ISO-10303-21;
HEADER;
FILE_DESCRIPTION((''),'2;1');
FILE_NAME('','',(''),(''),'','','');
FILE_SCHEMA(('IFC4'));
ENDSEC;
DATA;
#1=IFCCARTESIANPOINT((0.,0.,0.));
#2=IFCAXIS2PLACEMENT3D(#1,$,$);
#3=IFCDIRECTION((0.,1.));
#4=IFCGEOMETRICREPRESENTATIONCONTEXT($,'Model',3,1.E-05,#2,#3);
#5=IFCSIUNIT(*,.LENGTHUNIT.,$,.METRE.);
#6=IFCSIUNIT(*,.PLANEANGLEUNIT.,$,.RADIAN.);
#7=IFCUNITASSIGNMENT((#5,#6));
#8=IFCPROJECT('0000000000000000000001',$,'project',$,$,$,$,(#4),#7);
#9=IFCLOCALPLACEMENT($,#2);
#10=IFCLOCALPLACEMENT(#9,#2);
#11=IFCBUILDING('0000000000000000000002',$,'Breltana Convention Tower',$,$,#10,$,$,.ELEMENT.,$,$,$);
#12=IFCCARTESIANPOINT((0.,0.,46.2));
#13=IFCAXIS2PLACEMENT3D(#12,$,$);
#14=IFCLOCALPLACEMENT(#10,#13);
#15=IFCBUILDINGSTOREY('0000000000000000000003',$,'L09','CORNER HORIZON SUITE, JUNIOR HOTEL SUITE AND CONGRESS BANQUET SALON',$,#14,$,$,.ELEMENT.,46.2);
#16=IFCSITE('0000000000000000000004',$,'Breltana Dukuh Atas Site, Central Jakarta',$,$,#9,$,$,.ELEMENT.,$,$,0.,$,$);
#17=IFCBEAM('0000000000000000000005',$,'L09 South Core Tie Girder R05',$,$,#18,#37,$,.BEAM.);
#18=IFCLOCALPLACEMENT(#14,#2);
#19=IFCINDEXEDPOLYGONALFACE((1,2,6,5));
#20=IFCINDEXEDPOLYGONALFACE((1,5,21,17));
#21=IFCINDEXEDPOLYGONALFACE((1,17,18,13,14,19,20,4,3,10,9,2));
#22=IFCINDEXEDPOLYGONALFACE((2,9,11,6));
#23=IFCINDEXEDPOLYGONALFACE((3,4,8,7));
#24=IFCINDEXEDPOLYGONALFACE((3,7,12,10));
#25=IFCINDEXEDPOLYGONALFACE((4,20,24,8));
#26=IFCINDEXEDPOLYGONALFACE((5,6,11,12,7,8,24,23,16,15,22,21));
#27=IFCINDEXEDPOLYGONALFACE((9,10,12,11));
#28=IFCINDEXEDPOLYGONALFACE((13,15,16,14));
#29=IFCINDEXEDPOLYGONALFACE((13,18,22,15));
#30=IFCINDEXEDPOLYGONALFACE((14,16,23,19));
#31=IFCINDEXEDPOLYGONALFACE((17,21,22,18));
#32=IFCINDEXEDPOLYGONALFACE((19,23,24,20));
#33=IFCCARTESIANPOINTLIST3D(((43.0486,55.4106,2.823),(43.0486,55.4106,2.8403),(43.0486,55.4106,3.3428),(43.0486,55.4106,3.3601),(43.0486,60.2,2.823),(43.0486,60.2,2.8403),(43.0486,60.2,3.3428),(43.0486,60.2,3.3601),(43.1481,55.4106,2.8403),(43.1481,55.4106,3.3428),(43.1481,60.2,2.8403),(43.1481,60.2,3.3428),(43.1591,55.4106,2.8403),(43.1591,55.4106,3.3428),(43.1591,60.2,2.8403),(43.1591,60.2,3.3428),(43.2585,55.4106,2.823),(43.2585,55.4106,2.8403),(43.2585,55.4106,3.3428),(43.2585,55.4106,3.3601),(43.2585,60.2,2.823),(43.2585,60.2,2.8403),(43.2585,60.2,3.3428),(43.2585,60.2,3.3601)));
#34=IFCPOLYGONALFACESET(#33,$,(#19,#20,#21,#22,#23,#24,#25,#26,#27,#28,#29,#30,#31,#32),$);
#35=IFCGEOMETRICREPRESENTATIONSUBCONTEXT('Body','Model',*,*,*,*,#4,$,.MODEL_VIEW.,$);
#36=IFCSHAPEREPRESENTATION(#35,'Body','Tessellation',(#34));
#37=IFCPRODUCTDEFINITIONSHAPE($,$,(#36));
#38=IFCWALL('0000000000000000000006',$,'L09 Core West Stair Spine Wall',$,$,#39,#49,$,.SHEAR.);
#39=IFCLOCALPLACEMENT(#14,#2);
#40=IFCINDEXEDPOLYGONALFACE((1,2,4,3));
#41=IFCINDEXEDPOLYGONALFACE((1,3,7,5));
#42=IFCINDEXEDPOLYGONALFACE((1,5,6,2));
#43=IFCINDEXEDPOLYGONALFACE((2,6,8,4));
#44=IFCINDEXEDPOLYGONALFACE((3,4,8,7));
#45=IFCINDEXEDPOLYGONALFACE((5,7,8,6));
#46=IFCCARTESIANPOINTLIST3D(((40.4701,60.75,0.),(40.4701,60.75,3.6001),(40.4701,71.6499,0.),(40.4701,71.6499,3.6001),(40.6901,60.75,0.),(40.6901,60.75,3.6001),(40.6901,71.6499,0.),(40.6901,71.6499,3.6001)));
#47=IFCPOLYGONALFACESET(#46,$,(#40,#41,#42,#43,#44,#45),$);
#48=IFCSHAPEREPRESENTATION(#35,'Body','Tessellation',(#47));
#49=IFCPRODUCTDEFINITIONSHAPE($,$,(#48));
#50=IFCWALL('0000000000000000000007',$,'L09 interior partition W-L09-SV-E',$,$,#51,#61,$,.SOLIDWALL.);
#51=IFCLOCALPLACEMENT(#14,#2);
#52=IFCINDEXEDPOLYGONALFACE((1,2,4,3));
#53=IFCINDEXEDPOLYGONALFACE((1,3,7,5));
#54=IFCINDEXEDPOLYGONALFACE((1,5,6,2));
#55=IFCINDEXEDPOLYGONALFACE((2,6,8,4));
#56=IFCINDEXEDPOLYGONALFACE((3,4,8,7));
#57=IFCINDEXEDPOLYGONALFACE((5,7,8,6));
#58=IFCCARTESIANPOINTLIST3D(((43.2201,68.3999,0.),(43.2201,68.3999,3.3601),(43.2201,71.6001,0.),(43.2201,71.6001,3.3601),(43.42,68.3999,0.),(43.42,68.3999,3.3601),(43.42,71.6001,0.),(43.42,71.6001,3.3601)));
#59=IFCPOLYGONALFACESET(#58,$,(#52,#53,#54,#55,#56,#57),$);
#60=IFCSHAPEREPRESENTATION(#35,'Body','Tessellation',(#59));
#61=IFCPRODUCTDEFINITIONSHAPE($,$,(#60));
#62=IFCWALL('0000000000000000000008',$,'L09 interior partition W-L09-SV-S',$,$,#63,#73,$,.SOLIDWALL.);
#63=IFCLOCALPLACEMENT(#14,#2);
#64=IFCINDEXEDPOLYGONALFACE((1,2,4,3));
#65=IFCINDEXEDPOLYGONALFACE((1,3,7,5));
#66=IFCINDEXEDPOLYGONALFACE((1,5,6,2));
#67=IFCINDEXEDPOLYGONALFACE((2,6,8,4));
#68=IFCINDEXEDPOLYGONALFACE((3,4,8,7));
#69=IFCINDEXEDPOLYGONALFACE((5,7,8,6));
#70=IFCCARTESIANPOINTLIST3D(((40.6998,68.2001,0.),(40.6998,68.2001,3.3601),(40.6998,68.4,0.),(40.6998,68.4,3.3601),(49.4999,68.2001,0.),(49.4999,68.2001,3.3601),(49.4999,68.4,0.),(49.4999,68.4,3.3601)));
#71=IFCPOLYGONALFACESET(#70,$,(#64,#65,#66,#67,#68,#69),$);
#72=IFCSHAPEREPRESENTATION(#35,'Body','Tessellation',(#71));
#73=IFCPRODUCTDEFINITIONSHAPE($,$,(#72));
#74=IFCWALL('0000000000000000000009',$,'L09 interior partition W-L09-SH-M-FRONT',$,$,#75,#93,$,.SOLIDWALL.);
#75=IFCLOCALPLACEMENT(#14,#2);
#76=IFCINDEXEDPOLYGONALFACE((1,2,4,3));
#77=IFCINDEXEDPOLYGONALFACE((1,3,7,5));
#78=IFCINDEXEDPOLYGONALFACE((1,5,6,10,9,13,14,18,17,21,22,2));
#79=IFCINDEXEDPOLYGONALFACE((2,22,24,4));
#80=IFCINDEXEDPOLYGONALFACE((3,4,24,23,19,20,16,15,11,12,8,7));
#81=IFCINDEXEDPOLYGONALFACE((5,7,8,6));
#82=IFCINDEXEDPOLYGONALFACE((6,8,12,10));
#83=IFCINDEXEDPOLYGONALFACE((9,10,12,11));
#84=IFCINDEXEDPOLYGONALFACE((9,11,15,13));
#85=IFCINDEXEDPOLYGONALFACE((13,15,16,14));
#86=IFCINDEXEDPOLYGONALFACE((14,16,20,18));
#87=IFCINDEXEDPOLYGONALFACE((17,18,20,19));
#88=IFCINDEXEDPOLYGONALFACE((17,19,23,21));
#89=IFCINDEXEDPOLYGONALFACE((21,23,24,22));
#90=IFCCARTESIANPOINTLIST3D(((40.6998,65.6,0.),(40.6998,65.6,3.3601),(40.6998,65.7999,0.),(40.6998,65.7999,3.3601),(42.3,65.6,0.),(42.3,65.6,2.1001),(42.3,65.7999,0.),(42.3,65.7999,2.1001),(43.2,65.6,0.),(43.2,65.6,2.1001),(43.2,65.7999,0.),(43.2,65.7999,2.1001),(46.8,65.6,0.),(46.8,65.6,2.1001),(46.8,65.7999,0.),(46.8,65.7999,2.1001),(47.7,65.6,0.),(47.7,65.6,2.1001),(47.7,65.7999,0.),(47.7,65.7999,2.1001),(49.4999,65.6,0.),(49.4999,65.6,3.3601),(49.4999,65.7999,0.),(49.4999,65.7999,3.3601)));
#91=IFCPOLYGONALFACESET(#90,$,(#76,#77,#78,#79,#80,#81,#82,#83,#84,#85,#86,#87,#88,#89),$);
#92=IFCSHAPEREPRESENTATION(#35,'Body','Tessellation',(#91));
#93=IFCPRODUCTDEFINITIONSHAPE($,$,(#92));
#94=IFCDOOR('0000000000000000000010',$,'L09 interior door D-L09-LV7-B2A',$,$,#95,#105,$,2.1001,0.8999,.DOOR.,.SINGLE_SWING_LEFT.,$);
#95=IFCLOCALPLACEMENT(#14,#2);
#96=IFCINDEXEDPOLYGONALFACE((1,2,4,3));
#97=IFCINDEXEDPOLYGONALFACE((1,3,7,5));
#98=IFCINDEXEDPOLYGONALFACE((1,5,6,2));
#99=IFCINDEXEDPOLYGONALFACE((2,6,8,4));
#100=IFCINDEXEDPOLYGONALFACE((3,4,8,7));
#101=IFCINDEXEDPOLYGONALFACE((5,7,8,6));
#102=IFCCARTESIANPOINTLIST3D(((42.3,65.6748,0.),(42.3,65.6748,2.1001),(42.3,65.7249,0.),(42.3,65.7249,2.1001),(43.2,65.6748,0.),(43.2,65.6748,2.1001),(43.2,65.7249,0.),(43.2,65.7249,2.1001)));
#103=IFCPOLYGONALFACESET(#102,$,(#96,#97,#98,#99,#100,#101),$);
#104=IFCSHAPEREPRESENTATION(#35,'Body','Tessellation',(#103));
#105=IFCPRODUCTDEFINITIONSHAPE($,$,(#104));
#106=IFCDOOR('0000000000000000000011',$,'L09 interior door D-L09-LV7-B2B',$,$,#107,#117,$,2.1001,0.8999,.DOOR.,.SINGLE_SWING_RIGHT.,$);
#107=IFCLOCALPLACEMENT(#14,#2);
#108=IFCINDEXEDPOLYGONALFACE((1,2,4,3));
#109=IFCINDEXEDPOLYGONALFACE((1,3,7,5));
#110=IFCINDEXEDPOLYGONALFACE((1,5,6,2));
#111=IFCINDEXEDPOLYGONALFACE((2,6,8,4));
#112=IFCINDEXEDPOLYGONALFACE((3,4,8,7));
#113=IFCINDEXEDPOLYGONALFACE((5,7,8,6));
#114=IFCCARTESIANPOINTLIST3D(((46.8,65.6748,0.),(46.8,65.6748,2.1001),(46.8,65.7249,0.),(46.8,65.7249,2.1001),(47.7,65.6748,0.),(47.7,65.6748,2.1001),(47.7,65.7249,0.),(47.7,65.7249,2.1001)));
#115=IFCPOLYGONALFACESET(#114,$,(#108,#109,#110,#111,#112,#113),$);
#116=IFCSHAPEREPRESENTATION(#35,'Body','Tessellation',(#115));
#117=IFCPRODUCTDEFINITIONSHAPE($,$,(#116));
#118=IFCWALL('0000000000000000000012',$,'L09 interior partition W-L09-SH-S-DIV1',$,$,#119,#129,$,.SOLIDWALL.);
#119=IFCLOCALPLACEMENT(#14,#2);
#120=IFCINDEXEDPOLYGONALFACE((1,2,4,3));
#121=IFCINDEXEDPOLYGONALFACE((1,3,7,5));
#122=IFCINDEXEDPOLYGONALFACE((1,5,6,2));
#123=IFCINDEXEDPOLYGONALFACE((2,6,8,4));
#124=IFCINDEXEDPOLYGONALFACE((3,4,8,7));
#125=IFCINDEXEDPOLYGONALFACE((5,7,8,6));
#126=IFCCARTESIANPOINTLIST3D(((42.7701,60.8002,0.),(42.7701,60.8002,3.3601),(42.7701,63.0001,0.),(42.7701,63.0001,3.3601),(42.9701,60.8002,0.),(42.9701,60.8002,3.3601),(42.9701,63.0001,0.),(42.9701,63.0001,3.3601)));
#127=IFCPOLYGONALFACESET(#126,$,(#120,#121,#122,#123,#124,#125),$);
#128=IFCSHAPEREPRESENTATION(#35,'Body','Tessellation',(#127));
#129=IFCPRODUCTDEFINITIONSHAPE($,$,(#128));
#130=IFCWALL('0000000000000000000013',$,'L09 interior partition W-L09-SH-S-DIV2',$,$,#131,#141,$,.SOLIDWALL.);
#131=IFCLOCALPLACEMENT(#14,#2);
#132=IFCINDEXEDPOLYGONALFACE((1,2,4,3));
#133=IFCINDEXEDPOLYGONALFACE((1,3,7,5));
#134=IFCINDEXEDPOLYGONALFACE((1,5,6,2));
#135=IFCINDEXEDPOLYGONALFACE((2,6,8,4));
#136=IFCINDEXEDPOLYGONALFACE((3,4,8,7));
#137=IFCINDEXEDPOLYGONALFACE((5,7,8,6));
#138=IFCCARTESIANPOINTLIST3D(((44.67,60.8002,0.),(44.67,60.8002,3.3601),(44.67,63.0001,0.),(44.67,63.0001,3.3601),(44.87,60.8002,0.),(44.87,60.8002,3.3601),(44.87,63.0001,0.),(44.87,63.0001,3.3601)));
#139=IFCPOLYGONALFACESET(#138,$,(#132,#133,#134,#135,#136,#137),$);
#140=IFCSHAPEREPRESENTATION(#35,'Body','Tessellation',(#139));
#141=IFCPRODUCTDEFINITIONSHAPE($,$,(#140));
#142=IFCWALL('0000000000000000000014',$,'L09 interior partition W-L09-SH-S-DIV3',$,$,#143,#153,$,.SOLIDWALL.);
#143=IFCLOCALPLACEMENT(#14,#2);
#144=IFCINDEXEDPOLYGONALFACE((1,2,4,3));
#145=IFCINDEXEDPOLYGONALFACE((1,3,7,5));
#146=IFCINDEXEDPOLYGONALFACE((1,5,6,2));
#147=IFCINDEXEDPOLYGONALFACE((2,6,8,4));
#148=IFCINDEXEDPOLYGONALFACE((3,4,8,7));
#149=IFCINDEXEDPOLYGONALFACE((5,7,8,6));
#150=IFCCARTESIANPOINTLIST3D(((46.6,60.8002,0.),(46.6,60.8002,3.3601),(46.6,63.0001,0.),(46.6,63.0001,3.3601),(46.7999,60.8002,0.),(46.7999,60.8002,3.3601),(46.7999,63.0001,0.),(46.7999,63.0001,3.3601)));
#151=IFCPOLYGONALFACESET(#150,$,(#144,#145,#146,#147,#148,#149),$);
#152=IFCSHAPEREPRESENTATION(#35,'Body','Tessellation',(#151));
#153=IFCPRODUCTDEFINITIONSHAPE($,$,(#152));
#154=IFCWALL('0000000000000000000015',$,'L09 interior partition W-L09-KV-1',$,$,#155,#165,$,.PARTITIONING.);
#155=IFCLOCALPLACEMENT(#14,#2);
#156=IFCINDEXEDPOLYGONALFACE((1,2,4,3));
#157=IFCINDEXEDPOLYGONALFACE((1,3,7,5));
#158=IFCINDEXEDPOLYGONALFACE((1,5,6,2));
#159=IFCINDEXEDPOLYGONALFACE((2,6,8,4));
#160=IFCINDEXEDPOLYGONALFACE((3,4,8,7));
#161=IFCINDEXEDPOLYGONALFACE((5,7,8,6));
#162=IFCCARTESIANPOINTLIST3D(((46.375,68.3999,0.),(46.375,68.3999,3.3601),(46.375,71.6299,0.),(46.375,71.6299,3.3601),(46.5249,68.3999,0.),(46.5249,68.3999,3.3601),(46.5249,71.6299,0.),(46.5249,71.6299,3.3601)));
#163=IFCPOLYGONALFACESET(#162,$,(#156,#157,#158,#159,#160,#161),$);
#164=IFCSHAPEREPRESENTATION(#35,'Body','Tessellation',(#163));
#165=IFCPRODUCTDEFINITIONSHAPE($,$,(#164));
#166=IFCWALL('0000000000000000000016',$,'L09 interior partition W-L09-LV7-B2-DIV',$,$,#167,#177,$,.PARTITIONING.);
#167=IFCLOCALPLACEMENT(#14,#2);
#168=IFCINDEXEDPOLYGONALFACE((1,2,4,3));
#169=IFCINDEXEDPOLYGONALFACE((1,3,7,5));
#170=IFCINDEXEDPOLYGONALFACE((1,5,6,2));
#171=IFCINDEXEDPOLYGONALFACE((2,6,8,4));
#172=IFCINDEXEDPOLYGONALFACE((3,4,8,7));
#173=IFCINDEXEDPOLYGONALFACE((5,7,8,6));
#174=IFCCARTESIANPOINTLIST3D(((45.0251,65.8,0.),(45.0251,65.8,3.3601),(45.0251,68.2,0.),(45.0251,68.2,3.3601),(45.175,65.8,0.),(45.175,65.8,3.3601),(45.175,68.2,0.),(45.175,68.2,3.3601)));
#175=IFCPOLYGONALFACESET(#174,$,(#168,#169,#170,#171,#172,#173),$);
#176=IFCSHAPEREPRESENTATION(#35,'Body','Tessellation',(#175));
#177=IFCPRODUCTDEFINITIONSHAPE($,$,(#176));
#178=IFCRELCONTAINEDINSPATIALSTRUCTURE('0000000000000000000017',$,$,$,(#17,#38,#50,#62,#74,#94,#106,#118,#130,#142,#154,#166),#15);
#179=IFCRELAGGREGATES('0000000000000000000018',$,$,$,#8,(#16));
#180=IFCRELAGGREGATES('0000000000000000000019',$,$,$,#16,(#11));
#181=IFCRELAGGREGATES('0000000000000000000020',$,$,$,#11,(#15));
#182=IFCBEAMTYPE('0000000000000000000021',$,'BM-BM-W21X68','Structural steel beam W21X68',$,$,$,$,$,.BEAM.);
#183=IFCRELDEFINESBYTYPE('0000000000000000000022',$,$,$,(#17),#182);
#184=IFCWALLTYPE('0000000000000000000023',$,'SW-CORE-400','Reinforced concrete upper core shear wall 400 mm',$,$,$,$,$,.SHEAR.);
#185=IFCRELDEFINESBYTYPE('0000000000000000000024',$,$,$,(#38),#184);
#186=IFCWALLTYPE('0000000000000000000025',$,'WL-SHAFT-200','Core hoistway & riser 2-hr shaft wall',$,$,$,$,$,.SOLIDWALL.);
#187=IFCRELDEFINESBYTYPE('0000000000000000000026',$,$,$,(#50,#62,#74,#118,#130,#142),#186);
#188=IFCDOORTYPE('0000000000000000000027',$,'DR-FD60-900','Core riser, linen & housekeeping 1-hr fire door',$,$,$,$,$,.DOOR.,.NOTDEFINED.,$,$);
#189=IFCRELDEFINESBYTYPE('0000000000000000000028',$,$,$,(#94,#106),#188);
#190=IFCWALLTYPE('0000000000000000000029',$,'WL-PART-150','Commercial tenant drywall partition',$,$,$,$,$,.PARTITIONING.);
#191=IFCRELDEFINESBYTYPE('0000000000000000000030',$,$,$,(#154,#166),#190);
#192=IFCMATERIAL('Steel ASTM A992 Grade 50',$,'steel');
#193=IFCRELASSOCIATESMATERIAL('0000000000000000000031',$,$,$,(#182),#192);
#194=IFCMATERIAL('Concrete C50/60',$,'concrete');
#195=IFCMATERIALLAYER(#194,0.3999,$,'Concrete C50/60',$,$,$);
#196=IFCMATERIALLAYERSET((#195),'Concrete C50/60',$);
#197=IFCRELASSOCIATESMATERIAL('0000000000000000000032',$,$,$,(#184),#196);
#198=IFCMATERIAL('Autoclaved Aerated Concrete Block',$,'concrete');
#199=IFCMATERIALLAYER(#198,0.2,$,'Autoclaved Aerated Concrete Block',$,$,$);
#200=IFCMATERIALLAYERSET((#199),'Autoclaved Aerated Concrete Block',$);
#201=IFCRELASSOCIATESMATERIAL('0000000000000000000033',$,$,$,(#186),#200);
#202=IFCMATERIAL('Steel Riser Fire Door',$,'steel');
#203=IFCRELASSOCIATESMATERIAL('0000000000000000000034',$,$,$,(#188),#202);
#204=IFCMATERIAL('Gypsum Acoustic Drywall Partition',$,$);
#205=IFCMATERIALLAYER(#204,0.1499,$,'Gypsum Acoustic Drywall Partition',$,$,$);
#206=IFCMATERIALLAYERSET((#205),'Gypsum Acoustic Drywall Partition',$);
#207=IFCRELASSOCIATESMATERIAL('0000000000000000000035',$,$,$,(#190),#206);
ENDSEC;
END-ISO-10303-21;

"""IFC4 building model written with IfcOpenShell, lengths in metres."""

from ifc_helpers import new_model, si_unit, direction, frame, frame_2d, origin, origin_2d, place, context, subcontext, project, spatial, rectangle, i_section, extrude, source, transform, mapped, material, layer, layer_set, material_profile, profile_set, type_object, type_shapes, element, fill, save


model = new_model("IFC4")

# Units and contexts
model_context = context("Model", 3, precision=1e-05, world=origin(), true_north=direction((0.0, 1.0)))
body_context = subcontext(model_context, "Body", "Model", "MODEL_VIEW")
ifc_project = project(units=[si_unit("LENGTHUNIT", "METRE"), si_unit("PLANEANGLEUNIT", "RADIAN")], contexts=[model_context])

# Site, building, storey
site_placement = place(None, origin())
site = spatial("IfcSite", under=ifc_project, at=site_placement, Name="Breltana Dukuh Atas Site, Central Jakarta", CompositionType="ELEMENT", RefElevation=0.0)
building_placement = place(site_placement, origin())
building = spatial("IfcBuilding", under=site, at=building_placement, Name="Breltana Convention Tower", CompositionType="ELEMENT")
storey_placement = place(building_placement, frame((0.0, 0.0, 46.2)))
storey = spatial("IfcBuildingStorey", under=building, at=storey_placement, Name="L09", Description="CORNER HORIZON SUITE, JUNIOR HOTEL SUITE AND CONGRESS BANQUET SALON", CompositionType="ELEMENT", Elevation=46.2)

# Beam
ifc_material_1 = material(Name="Steel ASTM A992 Grade 50", Category="steel")
ifc_material_profile = material_profile(ifc_material_1, i_section(OverallWidth=0.21, OverallDepth=0.5371, WebThickness=0.011, FlangeThickness=0.0173, at=origin_2d()), Name="W21X68")
ifc_profile_set = profile_set([ifc_material_profile], Name="Steel ASTM A992 Grade 50")
beam_type = type_object("IfcBeamType", Name="BM-BM-W21X68", Description="Structural steel beam W21X68", PredefinedType="BEAM", material=ifc_profile_set)
shared_shape_1 = source(origin(), body_context, "Body", "SweptSolid", [
    extrude(i_section(OverallWidth=0.21, OverallDepth=0.5371, WebThickness=0.011, FlangeThickness=0.0173, at=origin_2d()), origin(), (0.0, 0.0, 1.0), 4.7893),
])
beam_placement = place(storey_placement, frame((43.1536, 60.2, 3.0916), z_axis=(0.0, -1.0, 0.0), x_axis=(1.0, 0.0, 0.0)))
element("IfcBeam", 1, at=beam_placement, inside=storey, type_object=beam_type, Name="L09 South Core Tie Girder R05", PredefinedType="BEAM", context=body_context, shape_type="MappedRepresentation", body=[
    mapped(shared_shape_1, transform((0.0, 0.0, 0.0), scale=1.0)),
])

# Walls
ifc_material_2 = material(Name="Concrete C50/60", Category="concrete")
ifc_layer_1 = layer(ifc_material_2, 0.3999, Name="Concrete C50/60")
ifc_layer_set_1 = layer_set([ifc_layer_1], Name="Concrete C50/60")
wall_type_1 = type_object("IfcWallType", Name="SW-CORE-400", Description="Reinforced concrete upper core shear wall 400 mm", PredefinedType="SHEAR", material=ifc_layer_set_1)
shared_shape_2 = source(origin(), body_context, "Body", "SweptSolid", [
    extrude(rectangle(XDim=10.8999, YDim=0.22, at=frame_2d((5.45, 0.0))), origin(), (0.0, 0.0, 1.0), 3.6001),
])
wall_1_placement = place(storey_placement, frame((40.5801, 60.75, 0.0), z_axis=(0.0, 0.0, 1.0), x_axis=(0.0, 1.0, 0.0)))
element("IfcWall", 2, at=wall_1_placement, inside=storey, type_object=wall_type_1, Name="L09 Core West Stair Spine Wall", PredefinedType="SHEAR", context=body_context, shape_type="MappedRepresentation", body=[
    mapped(shared_shape_2, transform((0.0, 0.0, 0.0), scale=1.0)),
])
ifc_material_3 = material(Name="Autoclaved Aerated Concrete Block", Category="concrete")
ifc_layer_2 = layer(ifc_material_3, 0.2, Name="Autoclaved Aerated Concrete Block")
ifc_layer_set_2 = layer_set([ifc_layer_2], Name="Autoclaved Aerated Concrete Block")
wall_type_2 = type_object("IfcWallType", Name="WL-SHAFT-200", Description="Core hoistway & riser 2-hr shaft wall", PredefinedType="SOLIDWALL", material=ifc_layer_set_2)
shared_shape_3 = source(origin(), body_context, "Body", "SweptSolid", [
    extrude(rectangle(XDim=3.2002, YDim=0.2, at=frame_2d((1.6001, 0.0))), origin(), (0.0, 0.0, 1.0), 3.3601),
])
wall_2_placement = place(storey_placement, frame((43.3201, 68.3999, 0.0), z_axis=(0.0, 0.0, 1.0), x_axis=(0.0, 1.0, 0.0)))
element("IfcWall", 3, at=wall_2_placement, inside=storey, type_object=wall_type_2, Name="L09 interior partition W-L09-SV-E", PredefinedType="SOLIDWALL", context=body_context, shape_type="MappedRepresentation", body=[
    mapped(shared_shape_3, transform((0.0, 0.0, 0.0), scale=1.0)),
])
shared_shape_4 = source(origin(), body_context, "Body", "SweptSolid", [
    extrude(rectangle(XDim=8.8, YDim=0.2, at=frame_2d((4.3999, 0.0))), origin(), (0.0, 0.0, 1.0), 3.3601),
])
wall_3_placement = place(storey_placement, frame((40.7, 68.3, 0.0), z_axis=(0.0, 0.0, 1.0), x_axis=(1.0, 0.0, 0.0)))
element("IfcWall", 4, at=wall_3_placement, inside=storey, type_object=wall_type_2, Name="L09 interior partition W-L09-SV-S", PredefinedType="SOLIDWALL", context=body_context, shape_type="MappedRepresentation", body=[
    mapped(shared_shape_4, transform((0.0, 0.0, 0.0), scale=1.0)),
])

# Wall, openings, doors
wall_4_placement = place(storey_placement, frame((40.7, 65.7, 0.0), z_axis=(0.0, 0.0, 1.0), x_axis=(1.0, 0.0, 0.0)))
wall_4 = element("IfcWall", 5, at=wall_4_placement, inside=storey, type_object=wall_type_2, Name="L09 interior partition W-L09-SH-M-FRONT", PredefinedType="SOLIDWALL", context=body_context, shape_type="MappedRepresentation", body=[
    mapped(shared_shape_4, transform((0.0, 0.0, 0.0), scale=1.0)),
])
opening_1_placement = place(wall_4_placement, frame((1.6001, 0.0, 0.0)))
opening_1 = element("IfcOpeningElement", 6, at=opening_1_placement, cuts=wall_4, PredefinedType="OPENING", context=body_context, shape_type="SweptSolid", body=[
    extrude(rectangle(XDim=0.8999, YDim=2.1001, at=frame_2d((0.45, 1.05))), frame((0.0, 0.1099, 0.0), z_axis=(0.0, -1.0, 0.0), x_axis=(1.0, 0.0, 0.0)), (0.0, 0.0, 1.0), 0.22),
])
opening_2_placement = place(wall_4_placement, frame((6.1001, 0.0, 0.0)))
opening_2 = element("IfcOpeningElement", 7, at=opening_2_placement, cuts=wall_4, PredefinedType="OPENING", context=body_context, shape_type="SweptSolid", body=[
    extrude(rectangle(XDim=0.8999, YDim=2.1001, at=frame_2d((0.45, 1.05))), frame((0.0, 0.1099, 0.0), z_axis=(0.0, -1.0, 0.0), x_axis=(1.0, 0.0, 0.0)), (0.0, 0.0, 1.0), 0.22),
])
ifc_material_4 = material(Name="Steel Riser Fire Door", Category="steel")
door_type_1 = type_object("IfcDoorType", Name="DR-FD60-900", Description="Core riser, linen & housekeeping 1-hr fire door", OperationType="NOTDEFINED", PredefinedType="DOOR", material=ifc_material_4)
shared_shape_5 = source(origin(), body_context, "Body", "SweptSolid", [
    extrude(rectangle(XDim=0.8999, YDim=2.1001, at=frame_2d((0.45, 1.05))), frame((0.0, 0.0249, 0.0), z_axis=(0.0, -1.0, 0.0), x_axis=(1.0, 0.0, 0.0)), (0.0, 0.0, 1.0), 0.05),
])
type_shapes(door_type_1, [shared_shape_5])
door_1_placement = place(opening_1_placement, origin())
door_1 = element("IfcDoor", 8, at=door_1_placement, inside=storey, type_object=door_type_1, Name="L09 interior door D-L09-LV7-B2A", OperationType="SINGLE_SWING_LEFT", OverallHeight=2.1001, OverallWidth=0.8999, PredefinedType="DOOR", context=body_context, shape_type="MappedRepresentation", body=[
    mapped(shared_shape_5, transform((0.0, 0.0, 0.0), scale=1.0)),
])
fill(opening_1, door_1)
door_2_placement = place(opening_2_placement, origin())
door_2 = element("IfcDoor", 9, at=door_2_placement, inside=storey, type_object=door_type_1, Name="L09 interior door D-L09-LV7-B2B", OperationType="SINGLE_SWING_RIGHT", OverallHeight=2.1001, OverallWidth=0.8999, PredefinedType="DOOR", context=body_context, shape_type="MappedRepresentation", body=[
    mapped(shared_shape_5, transform((0.0, 0.0, 0.0), scale=1.0)),
])
fill(opening_2, door_2)

# Walls
shared_shape_6 = source(origin(), body_context, "Body", "SweptSolid", [
    extrude(rectangle(XDim=2.2, YDim=0.2, at=frame_2d((1.1001, 0.0))), origin(), (0.0, 0.0, 1.0), 3.3601),
])
for number, where, z_axis, x_axis, name in (
    (10, (42.8701, 60.8, 0.0), (0.0, 0.0, 1.0), (0.0, 1.0, 0.0), "L09 interior partition W-L09-SH-S-DIV1"),
    (11, (44.77, 60.8, 0.0), (0.0, 0.0, 1.0), (0.0, 1.0, 0.0), "L09 interior partition W-L09-SH-S-DIV2"),
    (12, (46.7, 60.8, 0.0), (0.0, 0.0, 1.0), (0.0, 1.0, 0.0), "L09 interior partition W-L09-SH-S-DIV3"),
):
    element("IfcWall", number, at=place(storey_placement, frame(where, z_axis=z_axis, x_axis=x_axis)), inside=storey, type_object=wall_type_2, Name=name, PredefinedType="SOLIDWALL", context=body_context, shape_type="MappedRepresentation", body=[
        mapped(shared_shape_6, transform((0.0, 0.0, 0.0), scale=1.0)),
    ])
ifc_material_5 = material(Name="Gypsum Acoustic Drywall Partition")
ifc_layer_3 = layer(ifc_material_5, 0.1499, Name="Gypsum Acoustic Drywall Partition")
ifc_layer_set_3 = layer_set([ifc_layer_3], Name="Gypsum Acoustic Drywall Partition")
wall_type_3 = type_object("IfcWallType", Name="WL-PART-150", Description="Commercial tenant drywall partition", PredefinedType="PARTITIONING", material=ifc_layer_set_3)
shared_shape_7 = source(origin(), body_context, "Body", "SweptSolid", [
    extrude(rectangle(XDim=3.23, YDim=0.1499, at=frame_2d((1.615, 0.0))), origin(), (0.0, 0.0, 1.0), 3.3601),
])
wall_5_placement = place(storey_placement, frame((46.45, 68.3999, 0.0), z_axis=(0.0, 0.0, 1.0), x_axis=(0.0, 1.0, 0.0)))
element("IfcWall", 13, at=wall_5_placement, inside=storey, type_object=wall_type_3, Name="L09 interior partition W-L09-KV-1", PredefinedType="PARTITIONING", context=body_context, shape_type="MappedRepresentation", body=[
    mapped(shared_shape_7, transform((0.0, 0.0, 0.0), scale=1.0)),
])
shared_shape_8 = source(origin(), body_context, "Body", "SweptSolid", [
    extrude(rectangle(XDim=2.3999, YDim=0.1499, at=frame_2d((1.2, 0.0))), origin(), (0.0, 0.0, 1.0), 3.3601),
])
wall_6_placement = place(storey_placement, frame((45.1001, 65.8, 0.0), z_axis=(0.0, 0.0, 1.0), x_axis=(0.0, 1.0, 0.0)))
element("IfcWall", 14, at=wall_6_placement, inside=storey, type_object=wall_type_3, Name="L09 interior partition W-L09-LV7-B2-DIV", PredefinedType="PARTITIONING", context=body_context, shape_type="MappedRepresentation", body=[
    mapped(shared_shape_8, transform((0.0, 0.0, 0.0), scale=1.0)),
])

save(model, "model.ifc")
